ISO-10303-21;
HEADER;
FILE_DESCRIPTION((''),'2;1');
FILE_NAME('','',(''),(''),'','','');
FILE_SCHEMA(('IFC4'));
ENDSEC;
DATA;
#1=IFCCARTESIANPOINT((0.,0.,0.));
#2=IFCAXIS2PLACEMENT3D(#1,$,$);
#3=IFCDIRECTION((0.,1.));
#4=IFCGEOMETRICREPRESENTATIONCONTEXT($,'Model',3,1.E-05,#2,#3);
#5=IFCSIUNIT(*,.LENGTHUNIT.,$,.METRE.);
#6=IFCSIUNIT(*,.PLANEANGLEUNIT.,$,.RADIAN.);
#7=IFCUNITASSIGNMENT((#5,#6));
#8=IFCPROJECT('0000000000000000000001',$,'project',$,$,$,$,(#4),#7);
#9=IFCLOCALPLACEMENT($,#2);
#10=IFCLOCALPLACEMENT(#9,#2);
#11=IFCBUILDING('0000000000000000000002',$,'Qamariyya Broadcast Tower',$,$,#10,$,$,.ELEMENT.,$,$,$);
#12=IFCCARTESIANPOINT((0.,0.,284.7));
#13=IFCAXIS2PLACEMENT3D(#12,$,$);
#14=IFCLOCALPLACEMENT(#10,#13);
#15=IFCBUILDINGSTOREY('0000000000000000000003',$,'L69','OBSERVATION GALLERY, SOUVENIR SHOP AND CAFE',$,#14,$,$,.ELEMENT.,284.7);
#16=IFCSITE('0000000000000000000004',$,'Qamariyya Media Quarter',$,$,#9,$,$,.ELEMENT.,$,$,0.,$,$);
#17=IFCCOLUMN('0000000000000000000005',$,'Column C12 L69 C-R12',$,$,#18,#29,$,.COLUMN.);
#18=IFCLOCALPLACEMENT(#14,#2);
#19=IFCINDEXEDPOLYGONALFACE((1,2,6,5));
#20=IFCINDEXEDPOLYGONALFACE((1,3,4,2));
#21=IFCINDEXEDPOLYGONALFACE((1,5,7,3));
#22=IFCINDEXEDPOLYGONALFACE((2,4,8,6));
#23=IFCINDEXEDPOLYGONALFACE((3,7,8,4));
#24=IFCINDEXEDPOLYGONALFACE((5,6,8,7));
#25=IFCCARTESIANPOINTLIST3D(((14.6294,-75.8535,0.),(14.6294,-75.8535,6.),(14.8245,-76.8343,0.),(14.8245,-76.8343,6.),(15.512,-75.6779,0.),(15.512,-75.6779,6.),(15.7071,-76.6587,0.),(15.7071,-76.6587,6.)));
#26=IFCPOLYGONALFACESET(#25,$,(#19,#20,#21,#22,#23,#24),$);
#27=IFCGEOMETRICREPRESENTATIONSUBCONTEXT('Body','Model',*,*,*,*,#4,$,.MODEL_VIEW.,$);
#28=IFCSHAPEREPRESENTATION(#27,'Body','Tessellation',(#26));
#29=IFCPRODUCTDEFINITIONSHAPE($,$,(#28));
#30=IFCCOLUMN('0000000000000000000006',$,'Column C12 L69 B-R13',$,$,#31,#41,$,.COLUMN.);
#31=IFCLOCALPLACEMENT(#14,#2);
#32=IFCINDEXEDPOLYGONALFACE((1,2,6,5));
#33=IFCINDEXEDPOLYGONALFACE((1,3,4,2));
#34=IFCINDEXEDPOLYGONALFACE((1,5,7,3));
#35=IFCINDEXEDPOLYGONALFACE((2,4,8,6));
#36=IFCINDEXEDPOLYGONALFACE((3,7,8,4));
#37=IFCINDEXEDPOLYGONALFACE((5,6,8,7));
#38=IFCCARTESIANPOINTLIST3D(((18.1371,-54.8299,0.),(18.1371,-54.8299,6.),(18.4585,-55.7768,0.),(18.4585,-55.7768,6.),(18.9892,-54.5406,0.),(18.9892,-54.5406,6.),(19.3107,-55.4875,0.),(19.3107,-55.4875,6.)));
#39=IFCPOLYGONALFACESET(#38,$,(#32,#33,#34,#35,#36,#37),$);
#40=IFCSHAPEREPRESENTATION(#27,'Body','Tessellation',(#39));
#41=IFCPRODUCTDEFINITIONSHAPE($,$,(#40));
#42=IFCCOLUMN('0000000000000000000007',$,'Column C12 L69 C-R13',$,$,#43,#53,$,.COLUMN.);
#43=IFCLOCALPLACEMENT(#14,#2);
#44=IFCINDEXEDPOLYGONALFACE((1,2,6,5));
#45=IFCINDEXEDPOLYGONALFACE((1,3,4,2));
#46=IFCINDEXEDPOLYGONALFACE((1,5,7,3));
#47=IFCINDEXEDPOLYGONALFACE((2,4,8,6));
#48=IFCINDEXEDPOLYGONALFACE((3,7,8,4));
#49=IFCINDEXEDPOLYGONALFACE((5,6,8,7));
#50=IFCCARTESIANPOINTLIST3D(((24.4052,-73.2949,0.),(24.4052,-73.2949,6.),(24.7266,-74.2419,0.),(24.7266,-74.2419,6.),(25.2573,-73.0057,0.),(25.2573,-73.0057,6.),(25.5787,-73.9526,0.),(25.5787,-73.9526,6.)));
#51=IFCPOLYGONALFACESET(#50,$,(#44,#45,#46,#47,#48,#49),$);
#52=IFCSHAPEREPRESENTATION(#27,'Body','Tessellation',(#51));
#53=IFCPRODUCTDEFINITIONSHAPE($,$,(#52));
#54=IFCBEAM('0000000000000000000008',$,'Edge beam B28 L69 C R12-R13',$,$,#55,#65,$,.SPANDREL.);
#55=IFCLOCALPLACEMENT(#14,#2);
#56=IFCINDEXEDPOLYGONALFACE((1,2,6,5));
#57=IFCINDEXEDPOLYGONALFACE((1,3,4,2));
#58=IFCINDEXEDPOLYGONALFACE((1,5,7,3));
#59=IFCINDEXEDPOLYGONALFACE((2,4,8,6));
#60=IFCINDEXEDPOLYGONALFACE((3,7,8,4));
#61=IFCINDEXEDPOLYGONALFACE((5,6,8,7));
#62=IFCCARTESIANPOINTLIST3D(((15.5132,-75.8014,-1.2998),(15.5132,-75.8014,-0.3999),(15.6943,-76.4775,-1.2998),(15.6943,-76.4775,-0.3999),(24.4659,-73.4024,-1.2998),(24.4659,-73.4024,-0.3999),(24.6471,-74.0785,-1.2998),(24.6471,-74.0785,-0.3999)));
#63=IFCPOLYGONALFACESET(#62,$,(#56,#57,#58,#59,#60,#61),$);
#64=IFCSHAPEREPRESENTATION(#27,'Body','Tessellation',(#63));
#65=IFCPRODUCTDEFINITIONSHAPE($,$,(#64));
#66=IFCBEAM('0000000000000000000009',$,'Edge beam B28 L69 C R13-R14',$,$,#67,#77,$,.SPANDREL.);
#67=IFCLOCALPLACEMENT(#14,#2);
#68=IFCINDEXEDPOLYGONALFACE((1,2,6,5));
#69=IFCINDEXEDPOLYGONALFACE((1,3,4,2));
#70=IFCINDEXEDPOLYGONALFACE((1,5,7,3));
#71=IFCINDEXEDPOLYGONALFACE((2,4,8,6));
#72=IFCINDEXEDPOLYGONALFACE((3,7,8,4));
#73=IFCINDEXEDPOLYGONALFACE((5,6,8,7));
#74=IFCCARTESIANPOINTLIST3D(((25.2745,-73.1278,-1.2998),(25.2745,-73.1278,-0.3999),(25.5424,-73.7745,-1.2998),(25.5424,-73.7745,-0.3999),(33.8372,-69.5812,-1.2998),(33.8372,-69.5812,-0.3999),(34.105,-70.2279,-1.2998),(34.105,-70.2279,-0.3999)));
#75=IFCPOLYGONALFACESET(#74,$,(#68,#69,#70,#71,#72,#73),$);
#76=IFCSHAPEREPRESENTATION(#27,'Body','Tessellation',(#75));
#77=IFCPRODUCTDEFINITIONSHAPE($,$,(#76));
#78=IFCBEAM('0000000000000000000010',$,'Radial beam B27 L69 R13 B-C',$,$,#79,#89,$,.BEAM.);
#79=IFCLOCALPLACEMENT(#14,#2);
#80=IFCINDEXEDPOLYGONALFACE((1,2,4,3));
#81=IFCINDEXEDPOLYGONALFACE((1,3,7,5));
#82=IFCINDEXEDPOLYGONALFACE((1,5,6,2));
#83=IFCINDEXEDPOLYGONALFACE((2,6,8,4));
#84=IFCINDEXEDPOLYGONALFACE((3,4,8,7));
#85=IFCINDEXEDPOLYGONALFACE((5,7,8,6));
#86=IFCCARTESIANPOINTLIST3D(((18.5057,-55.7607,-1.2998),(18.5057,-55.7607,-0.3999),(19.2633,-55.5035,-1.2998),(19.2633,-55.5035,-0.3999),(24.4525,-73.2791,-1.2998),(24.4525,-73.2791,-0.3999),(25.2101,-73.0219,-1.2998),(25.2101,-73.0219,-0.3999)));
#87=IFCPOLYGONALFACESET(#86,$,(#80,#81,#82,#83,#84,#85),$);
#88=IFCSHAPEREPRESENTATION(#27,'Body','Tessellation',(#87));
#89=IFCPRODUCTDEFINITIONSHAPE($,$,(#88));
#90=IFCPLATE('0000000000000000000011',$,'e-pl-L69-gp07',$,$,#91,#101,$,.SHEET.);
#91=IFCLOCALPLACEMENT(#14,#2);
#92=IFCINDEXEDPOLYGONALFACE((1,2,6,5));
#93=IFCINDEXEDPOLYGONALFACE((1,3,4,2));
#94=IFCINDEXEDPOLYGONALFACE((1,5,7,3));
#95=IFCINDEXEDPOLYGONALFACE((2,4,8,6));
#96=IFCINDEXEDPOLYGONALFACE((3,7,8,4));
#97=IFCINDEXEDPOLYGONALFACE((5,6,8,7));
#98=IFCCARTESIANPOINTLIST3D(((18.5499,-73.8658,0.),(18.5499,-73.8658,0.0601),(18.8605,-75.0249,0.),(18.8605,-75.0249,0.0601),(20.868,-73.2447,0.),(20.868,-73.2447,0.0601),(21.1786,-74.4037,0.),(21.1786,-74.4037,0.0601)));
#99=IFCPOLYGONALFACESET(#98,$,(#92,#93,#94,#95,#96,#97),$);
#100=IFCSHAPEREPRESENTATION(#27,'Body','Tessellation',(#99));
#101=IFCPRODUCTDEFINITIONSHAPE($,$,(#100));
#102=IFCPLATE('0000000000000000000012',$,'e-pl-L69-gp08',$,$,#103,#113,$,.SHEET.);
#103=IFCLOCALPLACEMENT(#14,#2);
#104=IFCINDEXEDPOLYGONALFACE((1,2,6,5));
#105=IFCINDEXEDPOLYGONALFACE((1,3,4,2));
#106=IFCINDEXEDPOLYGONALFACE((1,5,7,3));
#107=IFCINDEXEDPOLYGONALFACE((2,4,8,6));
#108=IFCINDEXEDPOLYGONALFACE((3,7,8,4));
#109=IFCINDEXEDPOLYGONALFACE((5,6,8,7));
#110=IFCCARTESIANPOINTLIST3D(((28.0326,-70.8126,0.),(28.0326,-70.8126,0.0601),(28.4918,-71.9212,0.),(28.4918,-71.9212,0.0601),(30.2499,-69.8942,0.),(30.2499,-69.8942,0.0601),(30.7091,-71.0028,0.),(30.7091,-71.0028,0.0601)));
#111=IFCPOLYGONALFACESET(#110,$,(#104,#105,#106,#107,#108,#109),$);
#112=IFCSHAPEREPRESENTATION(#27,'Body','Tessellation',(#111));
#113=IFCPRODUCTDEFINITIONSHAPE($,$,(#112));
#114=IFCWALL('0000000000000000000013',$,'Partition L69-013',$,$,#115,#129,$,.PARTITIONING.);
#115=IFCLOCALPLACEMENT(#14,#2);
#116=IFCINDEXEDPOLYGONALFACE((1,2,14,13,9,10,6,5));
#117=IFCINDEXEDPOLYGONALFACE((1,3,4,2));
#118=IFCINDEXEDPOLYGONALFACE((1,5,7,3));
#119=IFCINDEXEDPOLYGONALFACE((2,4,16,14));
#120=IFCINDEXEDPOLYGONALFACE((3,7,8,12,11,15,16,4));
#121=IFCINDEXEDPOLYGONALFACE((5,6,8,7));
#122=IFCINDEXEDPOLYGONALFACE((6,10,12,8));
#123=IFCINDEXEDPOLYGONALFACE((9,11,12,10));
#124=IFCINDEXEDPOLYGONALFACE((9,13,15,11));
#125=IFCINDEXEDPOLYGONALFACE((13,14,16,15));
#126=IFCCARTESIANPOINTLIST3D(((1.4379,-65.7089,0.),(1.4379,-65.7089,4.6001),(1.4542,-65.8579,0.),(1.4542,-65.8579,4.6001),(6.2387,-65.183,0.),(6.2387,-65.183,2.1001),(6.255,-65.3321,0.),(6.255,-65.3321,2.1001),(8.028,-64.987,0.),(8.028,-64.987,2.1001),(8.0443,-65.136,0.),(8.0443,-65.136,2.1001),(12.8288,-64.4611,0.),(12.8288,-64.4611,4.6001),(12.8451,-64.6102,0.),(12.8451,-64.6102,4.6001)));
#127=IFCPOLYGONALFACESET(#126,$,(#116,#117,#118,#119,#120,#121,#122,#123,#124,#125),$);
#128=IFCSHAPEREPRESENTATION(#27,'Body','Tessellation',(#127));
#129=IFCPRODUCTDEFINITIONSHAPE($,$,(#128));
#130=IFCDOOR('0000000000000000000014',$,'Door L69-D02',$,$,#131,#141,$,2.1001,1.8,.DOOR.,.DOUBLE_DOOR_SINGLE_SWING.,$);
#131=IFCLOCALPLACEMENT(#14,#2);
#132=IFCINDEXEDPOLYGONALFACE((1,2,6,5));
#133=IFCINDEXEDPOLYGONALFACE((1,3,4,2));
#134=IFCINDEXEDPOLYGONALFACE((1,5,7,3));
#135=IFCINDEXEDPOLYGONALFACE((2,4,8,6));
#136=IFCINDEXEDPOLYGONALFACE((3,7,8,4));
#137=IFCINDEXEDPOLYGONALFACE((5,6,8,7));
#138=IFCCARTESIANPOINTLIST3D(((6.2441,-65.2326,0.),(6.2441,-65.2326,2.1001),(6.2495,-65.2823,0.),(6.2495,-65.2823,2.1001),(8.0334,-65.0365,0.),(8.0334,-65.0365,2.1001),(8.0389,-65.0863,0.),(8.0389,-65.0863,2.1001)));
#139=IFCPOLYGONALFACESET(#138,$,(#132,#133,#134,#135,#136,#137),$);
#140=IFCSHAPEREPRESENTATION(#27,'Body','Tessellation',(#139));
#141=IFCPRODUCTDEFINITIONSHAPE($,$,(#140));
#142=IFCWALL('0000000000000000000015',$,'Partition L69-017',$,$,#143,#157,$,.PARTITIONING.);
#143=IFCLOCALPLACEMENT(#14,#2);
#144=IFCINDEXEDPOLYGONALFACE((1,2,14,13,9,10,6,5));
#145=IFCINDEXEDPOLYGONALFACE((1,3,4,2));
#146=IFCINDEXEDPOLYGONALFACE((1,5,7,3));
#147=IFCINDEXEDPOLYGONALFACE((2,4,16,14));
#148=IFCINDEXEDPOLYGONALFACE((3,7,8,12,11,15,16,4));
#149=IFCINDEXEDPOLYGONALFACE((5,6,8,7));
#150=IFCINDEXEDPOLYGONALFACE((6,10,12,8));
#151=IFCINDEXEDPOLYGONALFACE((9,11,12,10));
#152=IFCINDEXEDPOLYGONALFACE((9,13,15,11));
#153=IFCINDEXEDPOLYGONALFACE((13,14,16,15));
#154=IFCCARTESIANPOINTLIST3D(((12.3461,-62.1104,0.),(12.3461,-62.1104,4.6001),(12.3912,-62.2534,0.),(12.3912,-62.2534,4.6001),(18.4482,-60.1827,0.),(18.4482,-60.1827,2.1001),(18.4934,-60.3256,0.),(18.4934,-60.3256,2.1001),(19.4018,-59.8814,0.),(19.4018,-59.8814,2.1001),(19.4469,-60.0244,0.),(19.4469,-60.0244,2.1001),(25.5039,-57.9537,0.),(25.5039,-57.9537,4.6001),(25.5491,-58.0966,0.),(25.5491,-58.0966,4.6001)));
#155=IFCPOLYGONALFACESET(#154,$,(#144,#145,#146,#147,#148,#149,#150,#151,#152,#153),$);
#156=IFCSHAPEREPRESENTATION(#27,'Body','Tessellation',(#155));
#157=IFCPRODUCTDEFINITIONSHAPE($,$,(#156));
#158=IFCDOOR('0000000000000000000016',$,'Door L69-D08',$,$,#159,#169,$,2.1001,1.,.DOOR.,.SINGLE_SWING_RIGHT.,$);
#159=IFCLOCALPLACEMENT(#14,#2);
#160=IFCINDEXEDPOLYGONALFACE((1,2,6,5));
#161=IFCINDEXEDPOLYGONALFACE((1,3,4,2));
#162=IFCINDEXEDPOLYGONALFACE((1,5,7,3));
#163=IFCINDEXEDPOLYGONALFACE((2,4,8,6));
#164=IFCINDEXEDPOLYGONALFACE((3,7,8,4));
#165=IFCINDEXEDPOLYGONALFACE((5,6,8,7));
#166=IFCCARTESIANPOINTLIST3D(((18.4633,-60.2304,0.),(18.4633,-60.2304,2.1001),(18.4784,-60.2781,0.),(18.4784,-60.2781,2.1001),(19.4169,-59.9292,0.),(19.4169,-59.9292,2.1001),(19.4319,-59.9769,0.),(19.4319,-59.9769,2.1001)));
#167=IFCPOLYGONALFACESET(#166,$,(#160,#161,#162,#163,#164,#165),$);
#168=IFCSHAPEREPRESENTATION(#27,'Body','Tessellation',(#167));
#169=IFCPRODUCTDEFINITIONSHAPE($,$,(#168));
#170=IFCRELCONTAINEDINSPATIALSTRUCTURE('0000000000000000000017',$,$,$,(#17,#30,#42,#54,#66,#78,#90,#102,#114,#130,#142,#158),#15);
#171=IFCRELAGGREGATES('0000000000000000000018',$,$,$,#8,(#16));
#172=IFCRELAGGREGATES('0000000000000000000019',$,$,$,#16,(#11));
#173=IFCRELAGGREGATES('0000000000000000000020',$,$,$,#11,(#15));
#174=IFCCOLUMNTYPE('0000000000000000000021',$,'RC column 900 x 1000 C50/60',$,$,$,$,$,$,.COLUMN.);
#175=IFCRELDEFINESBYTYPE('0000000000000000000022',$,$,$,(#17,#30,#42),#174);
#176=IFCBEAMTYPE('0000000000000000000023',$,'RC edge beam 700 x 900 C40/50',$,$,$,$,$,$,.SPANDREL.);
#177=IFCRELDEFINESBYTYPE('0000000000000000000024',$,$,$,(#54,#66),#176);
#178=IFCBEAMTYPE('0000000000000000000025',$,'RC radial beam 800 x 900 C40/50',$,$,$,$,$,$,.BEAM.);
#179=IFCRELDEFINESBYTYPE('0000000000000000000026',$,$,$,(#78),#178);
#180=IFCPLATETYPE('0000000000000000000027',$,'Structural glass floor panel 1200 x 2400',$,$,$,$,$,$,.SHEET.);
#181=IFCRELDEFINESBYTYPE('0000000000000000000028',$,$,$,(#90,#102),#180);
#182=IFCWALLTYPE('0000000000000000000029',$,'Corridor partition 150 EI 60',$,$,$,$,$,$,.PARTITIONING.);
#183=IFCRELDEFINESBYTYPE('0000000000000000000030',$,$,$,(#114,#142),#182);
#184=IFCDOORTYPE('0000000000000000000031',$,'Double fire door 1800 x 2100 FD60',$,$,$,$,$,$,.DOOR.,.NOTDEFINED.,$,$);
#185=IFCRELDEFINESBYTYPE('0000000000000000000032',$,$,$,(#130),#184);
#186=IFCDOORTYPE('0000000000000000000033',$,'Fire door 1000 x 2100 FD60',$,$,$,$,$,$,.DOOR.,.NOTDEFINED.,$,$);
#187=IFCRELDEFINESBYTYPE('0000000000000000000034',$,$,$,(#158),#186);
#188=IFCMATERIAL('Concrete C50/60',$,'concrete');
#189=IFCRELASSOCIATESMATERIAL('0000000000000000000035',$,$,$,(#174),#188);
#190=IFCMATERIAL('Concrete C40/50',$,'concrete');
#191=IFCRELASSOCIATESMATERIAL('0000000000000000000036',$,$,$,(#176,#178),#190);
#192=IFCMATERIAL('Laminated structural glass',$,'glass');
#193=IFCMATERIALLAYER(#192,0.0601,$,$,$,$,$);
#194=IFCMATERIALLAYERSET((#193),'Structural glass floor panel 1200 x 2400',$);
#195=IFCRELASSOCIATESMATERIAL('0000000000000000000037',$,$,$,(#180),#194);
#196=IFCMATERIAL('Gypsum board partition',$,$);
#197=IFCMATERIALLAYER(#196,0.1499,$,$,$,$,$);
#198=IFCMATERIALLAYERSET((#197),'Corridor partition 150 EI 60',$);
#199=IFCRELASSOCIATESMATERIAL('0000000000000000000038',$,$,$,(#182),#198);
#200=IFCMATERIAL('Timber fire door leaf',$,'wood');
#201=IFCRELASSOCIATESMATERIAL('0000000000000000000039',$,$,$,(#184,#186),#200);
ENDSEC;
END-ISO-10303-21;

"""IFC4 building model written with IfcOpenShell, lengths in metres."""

from ifc_helpers import new_model, si_unit, direction, frame, frame_2d, origin, origin_2d, place, context, subcontext, project, spatial, rectangle, extrude, material, layer, layer_set, material_profile, profile_set, type_object, element, fill, save


model = new_model("IFC4")

# Units and contexts
model_context = context("Model", 3, precision=1e-05, world=origin(), true_north=direction((0.0, 1.0)))
body_context = subcontext(model_context, "Body", "Model", "MODEL_VIEW")
ifc_project = project(units=[si_unit("LENGTHUNIT", "METRE"), si_unit("PLANEANGLEUNIT", "RADIAN")], contexts=[model_context])

# Site, building, storey
site_placement = place(None, origin())
site = spatial("IfcSite", under=ifc_project, at=site_placement, Name="Qamariyya Media Quarter", CompositionType="ELEMENT", RefElevation=0.0)
building_placement = place(site_placement, origin())
building = spatial("IfcBuilding", under=site, at=building_placement, Name="Qamariyya Broadcast Tower", CompositionType="ELEMENT")
storey_placement = place(building_placement, frame((0.0, 0.0, 284.7)))
storey = spatial("IfcBuildingStorey", under=building, at=storey_placement, Name="L69", Description="OBSERVATION GALLERY, SOUVENIR SHOP AND CAFE", CompositionType="ELEMENT", Elevation=284.7)

# Columns
ifc_material_1 = material(Name="Concrete C50/60", Category="concrete")
ifc_material_profile_1 = material_profile(ifc_material_1, rectangle(XDim=0.8999, YDim=1.0, at=origin_2d()))
ifc_profile_set_1 = profile_set([ifc_material_profile_1], Name="Concrete C50/60")
column_type = type_object("IfcColumnType", Name="RC column 900 x 1000 C50/60", PredefinedType="COLUMN", material=ifc_profile_set_1)
for number, where, z_axis, x_axis, name in (
    (1, (15.1682, -76.2561, 0.0), (0.0, 0.0, 1.0), (0.980785, 0.19509, 0.0), "Column C12 L69 C-R12"),
    (2, (18.7239, -55.1587, 0.0), (0.0, 0.0, 1.0), (0.94693, 0.321439, 0.0), "Column C12 L69 B-R13"),
    (3, (24.9919, -73.6238, 0.0), (0.0, 0.0, 1.0), (0.94693, 0.321439, 0.0), "Column C12 L69 C-R13"),
):
    element("IfcColumn", number, at=place(storey_placement, frame(where, z_axis=z_axis, x_axis=x_axis)), inside=storey, type_object=column_type, Name=name, PredefinedType="COLUMN", context=body_context, shape_type="SweptSolid", body=[
        extrude(rectangle(XDim=0.8999, YDim=1.0, at=origin_2d()), origin(), (0.0, 0.0, 1.0), 6.0),
    ])

# Beams
ifc_material_2 = material(Name="Concrete C40/50", Category="concrete")
ifc_material_profile_2 = material_profile(ifc_material_2, rectangle(XDim=0.7, YDim=0.8999, at=origin_2d()))
ifc_profile_set_2 = profile_set([ifc_material_profile_2], Name="Concrete C40/50")
beam_type_1 = type_object("IfcBeamType", Name="RC edge beam 700 x 900 C40/50", PredefinedType="SPANDREL", material=ifc_profile_set_2)
beam_1_placement = place(storey_placement, frame((15.6038, -76.1394, -0.8499), z_axis=(0.965924, 0.258826, 0.0), x_axis=(-0.258826, 0.965924, 0.0)))
element("IfcBeam", 4, at=beam_1_placement, inside=storey, type_object=beam_type_1, Name="Edge beam B28 L69 C R12-R13", PredefinedType="SPANDREL", context=body_context, shape_type="SweptSolid", body=[
    extrude(rectangle(XDim=0.7, YDim=0.8999, at=origin_2d()), origin(), (0.0, 0.0, 1.0), 9.2686),
])
beam_2_placement = place(storey_placement, frame((25.4084, -73.4512, -0.8499), z_axis=(0.923886, 0.382667, 0.0), x_axis=(-0.382667, 0.923886, 0.0)))
element("IfcBeam", 5, at=beam_2_placement, inside=storey, type_object=beam_type_1, Name="Edge beam B28 L69 C R13-R14", PredefinedType="SPANDREL", context=body_context, shape_type="SweptSolid", body=[
    extrude(rectangle(XDim=0.7, YDim=0.8999, at=origin_2d()), origin(), (0.0, 0.0, 1.0), 9.2681),
])
ifc_material_profile_3 = material_profile(ifc_material_2, rectangle(XDim=0.8, YDim=0.8999, at=origin_2d()))
ifc_profile_set_3 = profile_set([ifc_material_profile_3], Name="Concrete C40/50")
beam_type_2 = type_object("IfcBeamType", Name="RC radial beam 800 x 900 C40/50", PredefinedType="BEAM", material=ifc_profile_set_3)
beam_3_placement = place(storey_placement, frame((18.8845, -55.6321, -0.8499), z_axis=(0.321445, -0.946928, 0.0), x_axis=(0.946928, 0.321445, 0.0)))
element("IfcBeam", 6, at=beam_3_placement, inside=storey, type_object=beam_type_2, Name="Radial beam B27 L69 R13 B-C", PredefinedType="BEAM", context=body_context, shape_type="SweptSolid", body=[
    extrude(rectangle(XDim=0.8, YDim=0.8999, at=origin_2d()), origin(), (0.0, 0.0, 1.0), 18.5002),
])

# Plates
ifc_material_3 = material(Name="Laminated structural glass", Category="glass")
ifc_layer_1 = layer(ifc_material_3, 0.0601)
ifc_layer_set_1 = layer_set([ifc_layer_1], Name="Structural glass floor panel 1200 x 2400")
plate_type = type_object("IfcPlateType", Name="Structural glass floor panel 1200 x 2400", PredefinedType="SHEET", material=ifc_layer_set_1)
for number, where, z_axis, x_axis, name in (
    (7, (19.8643, -74.1348, 0.0), (0.0, 0.0, 1.0), (0.965926, 0.258819, 0.0), "e-pl-L69-gp07"),
    (8, (29.3708, -70.9077, 0.0), (0.0, 0.0, 1.0), (0.92388, 0.382683, 0.0), "e-pl-L69-gp08"),
):
    element("IfcPlate", number, at=place(storey_placement, frame(where, z_axis=z_axis, x_axis=x_axis)), inside=storey, type_object=plate_type, Name=name, PredefinedType="SHEET", context=body_context, shape_type="SweptSolid", body=[
        extrude(rectangle(XDim=2.3999, YDim=1.2, at=origin_2d()), origin(), (0.0, 0.0, 1.0), 0.0601),
    ])

# Walls, openings, doors
ifc_material_4 = material(Name="Gypsum board partition")
ifc_layer_2 = layer(ifc_material_4, 0.1499)
ifc_layer_set_2 = layer_set([ifc_layer_2], Name="Corridor partition 150 EI 60")
wall_type_1 = type_object("IfcWallType", Name="Corridor partition 150 EI 60", PredefinedType="PARTITIONING", material=ifc_layer_set_2)
wall_1_placement = place(storey_placement, frame((12.8369, -64.5356, 0.0), z_axis=(0.0, 0.0, 1.0), x_axis=(-0.994054, -0.108893, 0.0)))
wall_1 = element("IfcWall", 9, at=wall_1_placement, inside=storey, type_object=wall_type_1, Name="Partition L69-013", PredefinedType="PARTITIONING", context=body_context, shape_type="SweptSolid", body=[
    extrude(rectangle(XDim=11.459, YDim=0.1499, at=frame_2d((5.7295, 0.0))), origin(), (0.0, 0.0, 1.0), 4.6001),
])
opening_1_placement = place(wall_1_placement, frame((4.8296, 0.0, 0.0)))
opening_1 = element("IfcOpeningElement", 10, at=opening_1_placement, cuts=wall_1, PredefinedType="OPENING", context=body_context, shape_type="SweptSolid", body=[
    extrude(rectangle(XDim=1.8, YDim=2.1001, at=frame_2d((0.8999, 1.05))), frame((0.0, 0.085, 0.0), z_axis=(0.0, -1.0, 0.0), x_axis=(1.0, 0.0, 0.0)), (0.0, 0.0, 1.0), 0.1699),
])
ifc_material_5 = material(Name="Timber fire door leaf", Category="wood")
door_type_1 = type_object("IfcDoorType", Name="Double fire door 1800 x 2100 FD60", OperationType="NOTDEFINED", PredefinedType="DOOR", material=ifc_material_5)
door_1_placement = place(opening_1_placement, origin())
door_1 = element("IfcDoor", 11, at=door_1_placement, inside=storey, type_object=door_type_1, Name="Door L69-D02", OperationType="DOUBLE_DOOR_SINGLE_SWING", OverallHeight=2.1001, OverallWidth=1.8, PredefinedType="DOOR", context=body_context, shape_type="SweptSolid", body=[
    extrude(rectangle(XDim=1.8, YDim=2.1001, at=frame_2d((0.8999, 1.05))), frame((0.0, 0.0249, 0.0), z_axis=(0.0, -1.0, 0.0), x_axis=(1.0, 0.0, 0.0)), (0.0, 0.0, 1.0), 0.05),
])
fill(opening_1, door_1)
wall_2_placement = place(storey_placement, frame((12.3687, -62.1819, 0.0), z_axis=(0.0, 0.0, 1.0), x_axis=(0.95355, 0.301236, 0.0)))
wall_2 = element("IfcWall", 12, at=wall_2_placement, inside=storey, type_object=wall_type_1, Name="Partition L69-017", PredefinedType="PARTITIONING", context=body_context, shape_type="SweptSolid", body=[
    extrude(rectangle(XDim=13.7988, YDim=0.1499, at=frame_2d((6.8994, 0.0))), origin(), (0.0, 0.0, 1.0), 4.6001),
])
opening_2_placement = place(wall_2_placement, frame((6.3994, 0.0, 0.0)))
opening_2 = element("IfcOpeningElement", 13, at=opening_2_placement, cuts=wall_2, PredefinedType="OPENING", context=body_context, shape_type="SweptSolid", body=[
    extrude(rectangle(XDim=1.0, YDim=2.1001, at=frame_2d((0.5, 1.05))), frame((0.0, 0.085, 0.0), z_axis=(0.0, -1.0, 0.0), x_axis=(1.0, 0.0, 0.0)), (0.0, 0.0, 1.0), 0.1699),
])
door_type_2 = type_object("IfcDoorType", Name="Fire door 1000 x 2100 FD60", OperationType="NOTDEFINED", PredefinedType="DOOR", material=ifc_material_5)
door_2_placement = place(opening_2_placement, origin())
door_2 = element("IfcDoor", 14, at=door_2_placement, inside=storey, type_object=door_type_2, Name="Door L69-D08", OperationType="SINGLE_SWING_RIGHT", OverallHeight=2.1001, OverallWidth=1.0, PredefinedType="DOOR", context=body_context, shape_type="SweptSolid", body=[
    extrude(rectangle(XDim=1.0, YDim=2.1001, at=frame_2d((0.5, 1.05))), frame((0.0, 0.0249, 0.0), z_axis=(0.0, -1.0, 0.0), x_axis=(1.0, 0.0, 0.0)), (0.0, 0.0, 1.0), 0.05),
])
fill(opening_2, door_2)

save(model, "model.ifc")
